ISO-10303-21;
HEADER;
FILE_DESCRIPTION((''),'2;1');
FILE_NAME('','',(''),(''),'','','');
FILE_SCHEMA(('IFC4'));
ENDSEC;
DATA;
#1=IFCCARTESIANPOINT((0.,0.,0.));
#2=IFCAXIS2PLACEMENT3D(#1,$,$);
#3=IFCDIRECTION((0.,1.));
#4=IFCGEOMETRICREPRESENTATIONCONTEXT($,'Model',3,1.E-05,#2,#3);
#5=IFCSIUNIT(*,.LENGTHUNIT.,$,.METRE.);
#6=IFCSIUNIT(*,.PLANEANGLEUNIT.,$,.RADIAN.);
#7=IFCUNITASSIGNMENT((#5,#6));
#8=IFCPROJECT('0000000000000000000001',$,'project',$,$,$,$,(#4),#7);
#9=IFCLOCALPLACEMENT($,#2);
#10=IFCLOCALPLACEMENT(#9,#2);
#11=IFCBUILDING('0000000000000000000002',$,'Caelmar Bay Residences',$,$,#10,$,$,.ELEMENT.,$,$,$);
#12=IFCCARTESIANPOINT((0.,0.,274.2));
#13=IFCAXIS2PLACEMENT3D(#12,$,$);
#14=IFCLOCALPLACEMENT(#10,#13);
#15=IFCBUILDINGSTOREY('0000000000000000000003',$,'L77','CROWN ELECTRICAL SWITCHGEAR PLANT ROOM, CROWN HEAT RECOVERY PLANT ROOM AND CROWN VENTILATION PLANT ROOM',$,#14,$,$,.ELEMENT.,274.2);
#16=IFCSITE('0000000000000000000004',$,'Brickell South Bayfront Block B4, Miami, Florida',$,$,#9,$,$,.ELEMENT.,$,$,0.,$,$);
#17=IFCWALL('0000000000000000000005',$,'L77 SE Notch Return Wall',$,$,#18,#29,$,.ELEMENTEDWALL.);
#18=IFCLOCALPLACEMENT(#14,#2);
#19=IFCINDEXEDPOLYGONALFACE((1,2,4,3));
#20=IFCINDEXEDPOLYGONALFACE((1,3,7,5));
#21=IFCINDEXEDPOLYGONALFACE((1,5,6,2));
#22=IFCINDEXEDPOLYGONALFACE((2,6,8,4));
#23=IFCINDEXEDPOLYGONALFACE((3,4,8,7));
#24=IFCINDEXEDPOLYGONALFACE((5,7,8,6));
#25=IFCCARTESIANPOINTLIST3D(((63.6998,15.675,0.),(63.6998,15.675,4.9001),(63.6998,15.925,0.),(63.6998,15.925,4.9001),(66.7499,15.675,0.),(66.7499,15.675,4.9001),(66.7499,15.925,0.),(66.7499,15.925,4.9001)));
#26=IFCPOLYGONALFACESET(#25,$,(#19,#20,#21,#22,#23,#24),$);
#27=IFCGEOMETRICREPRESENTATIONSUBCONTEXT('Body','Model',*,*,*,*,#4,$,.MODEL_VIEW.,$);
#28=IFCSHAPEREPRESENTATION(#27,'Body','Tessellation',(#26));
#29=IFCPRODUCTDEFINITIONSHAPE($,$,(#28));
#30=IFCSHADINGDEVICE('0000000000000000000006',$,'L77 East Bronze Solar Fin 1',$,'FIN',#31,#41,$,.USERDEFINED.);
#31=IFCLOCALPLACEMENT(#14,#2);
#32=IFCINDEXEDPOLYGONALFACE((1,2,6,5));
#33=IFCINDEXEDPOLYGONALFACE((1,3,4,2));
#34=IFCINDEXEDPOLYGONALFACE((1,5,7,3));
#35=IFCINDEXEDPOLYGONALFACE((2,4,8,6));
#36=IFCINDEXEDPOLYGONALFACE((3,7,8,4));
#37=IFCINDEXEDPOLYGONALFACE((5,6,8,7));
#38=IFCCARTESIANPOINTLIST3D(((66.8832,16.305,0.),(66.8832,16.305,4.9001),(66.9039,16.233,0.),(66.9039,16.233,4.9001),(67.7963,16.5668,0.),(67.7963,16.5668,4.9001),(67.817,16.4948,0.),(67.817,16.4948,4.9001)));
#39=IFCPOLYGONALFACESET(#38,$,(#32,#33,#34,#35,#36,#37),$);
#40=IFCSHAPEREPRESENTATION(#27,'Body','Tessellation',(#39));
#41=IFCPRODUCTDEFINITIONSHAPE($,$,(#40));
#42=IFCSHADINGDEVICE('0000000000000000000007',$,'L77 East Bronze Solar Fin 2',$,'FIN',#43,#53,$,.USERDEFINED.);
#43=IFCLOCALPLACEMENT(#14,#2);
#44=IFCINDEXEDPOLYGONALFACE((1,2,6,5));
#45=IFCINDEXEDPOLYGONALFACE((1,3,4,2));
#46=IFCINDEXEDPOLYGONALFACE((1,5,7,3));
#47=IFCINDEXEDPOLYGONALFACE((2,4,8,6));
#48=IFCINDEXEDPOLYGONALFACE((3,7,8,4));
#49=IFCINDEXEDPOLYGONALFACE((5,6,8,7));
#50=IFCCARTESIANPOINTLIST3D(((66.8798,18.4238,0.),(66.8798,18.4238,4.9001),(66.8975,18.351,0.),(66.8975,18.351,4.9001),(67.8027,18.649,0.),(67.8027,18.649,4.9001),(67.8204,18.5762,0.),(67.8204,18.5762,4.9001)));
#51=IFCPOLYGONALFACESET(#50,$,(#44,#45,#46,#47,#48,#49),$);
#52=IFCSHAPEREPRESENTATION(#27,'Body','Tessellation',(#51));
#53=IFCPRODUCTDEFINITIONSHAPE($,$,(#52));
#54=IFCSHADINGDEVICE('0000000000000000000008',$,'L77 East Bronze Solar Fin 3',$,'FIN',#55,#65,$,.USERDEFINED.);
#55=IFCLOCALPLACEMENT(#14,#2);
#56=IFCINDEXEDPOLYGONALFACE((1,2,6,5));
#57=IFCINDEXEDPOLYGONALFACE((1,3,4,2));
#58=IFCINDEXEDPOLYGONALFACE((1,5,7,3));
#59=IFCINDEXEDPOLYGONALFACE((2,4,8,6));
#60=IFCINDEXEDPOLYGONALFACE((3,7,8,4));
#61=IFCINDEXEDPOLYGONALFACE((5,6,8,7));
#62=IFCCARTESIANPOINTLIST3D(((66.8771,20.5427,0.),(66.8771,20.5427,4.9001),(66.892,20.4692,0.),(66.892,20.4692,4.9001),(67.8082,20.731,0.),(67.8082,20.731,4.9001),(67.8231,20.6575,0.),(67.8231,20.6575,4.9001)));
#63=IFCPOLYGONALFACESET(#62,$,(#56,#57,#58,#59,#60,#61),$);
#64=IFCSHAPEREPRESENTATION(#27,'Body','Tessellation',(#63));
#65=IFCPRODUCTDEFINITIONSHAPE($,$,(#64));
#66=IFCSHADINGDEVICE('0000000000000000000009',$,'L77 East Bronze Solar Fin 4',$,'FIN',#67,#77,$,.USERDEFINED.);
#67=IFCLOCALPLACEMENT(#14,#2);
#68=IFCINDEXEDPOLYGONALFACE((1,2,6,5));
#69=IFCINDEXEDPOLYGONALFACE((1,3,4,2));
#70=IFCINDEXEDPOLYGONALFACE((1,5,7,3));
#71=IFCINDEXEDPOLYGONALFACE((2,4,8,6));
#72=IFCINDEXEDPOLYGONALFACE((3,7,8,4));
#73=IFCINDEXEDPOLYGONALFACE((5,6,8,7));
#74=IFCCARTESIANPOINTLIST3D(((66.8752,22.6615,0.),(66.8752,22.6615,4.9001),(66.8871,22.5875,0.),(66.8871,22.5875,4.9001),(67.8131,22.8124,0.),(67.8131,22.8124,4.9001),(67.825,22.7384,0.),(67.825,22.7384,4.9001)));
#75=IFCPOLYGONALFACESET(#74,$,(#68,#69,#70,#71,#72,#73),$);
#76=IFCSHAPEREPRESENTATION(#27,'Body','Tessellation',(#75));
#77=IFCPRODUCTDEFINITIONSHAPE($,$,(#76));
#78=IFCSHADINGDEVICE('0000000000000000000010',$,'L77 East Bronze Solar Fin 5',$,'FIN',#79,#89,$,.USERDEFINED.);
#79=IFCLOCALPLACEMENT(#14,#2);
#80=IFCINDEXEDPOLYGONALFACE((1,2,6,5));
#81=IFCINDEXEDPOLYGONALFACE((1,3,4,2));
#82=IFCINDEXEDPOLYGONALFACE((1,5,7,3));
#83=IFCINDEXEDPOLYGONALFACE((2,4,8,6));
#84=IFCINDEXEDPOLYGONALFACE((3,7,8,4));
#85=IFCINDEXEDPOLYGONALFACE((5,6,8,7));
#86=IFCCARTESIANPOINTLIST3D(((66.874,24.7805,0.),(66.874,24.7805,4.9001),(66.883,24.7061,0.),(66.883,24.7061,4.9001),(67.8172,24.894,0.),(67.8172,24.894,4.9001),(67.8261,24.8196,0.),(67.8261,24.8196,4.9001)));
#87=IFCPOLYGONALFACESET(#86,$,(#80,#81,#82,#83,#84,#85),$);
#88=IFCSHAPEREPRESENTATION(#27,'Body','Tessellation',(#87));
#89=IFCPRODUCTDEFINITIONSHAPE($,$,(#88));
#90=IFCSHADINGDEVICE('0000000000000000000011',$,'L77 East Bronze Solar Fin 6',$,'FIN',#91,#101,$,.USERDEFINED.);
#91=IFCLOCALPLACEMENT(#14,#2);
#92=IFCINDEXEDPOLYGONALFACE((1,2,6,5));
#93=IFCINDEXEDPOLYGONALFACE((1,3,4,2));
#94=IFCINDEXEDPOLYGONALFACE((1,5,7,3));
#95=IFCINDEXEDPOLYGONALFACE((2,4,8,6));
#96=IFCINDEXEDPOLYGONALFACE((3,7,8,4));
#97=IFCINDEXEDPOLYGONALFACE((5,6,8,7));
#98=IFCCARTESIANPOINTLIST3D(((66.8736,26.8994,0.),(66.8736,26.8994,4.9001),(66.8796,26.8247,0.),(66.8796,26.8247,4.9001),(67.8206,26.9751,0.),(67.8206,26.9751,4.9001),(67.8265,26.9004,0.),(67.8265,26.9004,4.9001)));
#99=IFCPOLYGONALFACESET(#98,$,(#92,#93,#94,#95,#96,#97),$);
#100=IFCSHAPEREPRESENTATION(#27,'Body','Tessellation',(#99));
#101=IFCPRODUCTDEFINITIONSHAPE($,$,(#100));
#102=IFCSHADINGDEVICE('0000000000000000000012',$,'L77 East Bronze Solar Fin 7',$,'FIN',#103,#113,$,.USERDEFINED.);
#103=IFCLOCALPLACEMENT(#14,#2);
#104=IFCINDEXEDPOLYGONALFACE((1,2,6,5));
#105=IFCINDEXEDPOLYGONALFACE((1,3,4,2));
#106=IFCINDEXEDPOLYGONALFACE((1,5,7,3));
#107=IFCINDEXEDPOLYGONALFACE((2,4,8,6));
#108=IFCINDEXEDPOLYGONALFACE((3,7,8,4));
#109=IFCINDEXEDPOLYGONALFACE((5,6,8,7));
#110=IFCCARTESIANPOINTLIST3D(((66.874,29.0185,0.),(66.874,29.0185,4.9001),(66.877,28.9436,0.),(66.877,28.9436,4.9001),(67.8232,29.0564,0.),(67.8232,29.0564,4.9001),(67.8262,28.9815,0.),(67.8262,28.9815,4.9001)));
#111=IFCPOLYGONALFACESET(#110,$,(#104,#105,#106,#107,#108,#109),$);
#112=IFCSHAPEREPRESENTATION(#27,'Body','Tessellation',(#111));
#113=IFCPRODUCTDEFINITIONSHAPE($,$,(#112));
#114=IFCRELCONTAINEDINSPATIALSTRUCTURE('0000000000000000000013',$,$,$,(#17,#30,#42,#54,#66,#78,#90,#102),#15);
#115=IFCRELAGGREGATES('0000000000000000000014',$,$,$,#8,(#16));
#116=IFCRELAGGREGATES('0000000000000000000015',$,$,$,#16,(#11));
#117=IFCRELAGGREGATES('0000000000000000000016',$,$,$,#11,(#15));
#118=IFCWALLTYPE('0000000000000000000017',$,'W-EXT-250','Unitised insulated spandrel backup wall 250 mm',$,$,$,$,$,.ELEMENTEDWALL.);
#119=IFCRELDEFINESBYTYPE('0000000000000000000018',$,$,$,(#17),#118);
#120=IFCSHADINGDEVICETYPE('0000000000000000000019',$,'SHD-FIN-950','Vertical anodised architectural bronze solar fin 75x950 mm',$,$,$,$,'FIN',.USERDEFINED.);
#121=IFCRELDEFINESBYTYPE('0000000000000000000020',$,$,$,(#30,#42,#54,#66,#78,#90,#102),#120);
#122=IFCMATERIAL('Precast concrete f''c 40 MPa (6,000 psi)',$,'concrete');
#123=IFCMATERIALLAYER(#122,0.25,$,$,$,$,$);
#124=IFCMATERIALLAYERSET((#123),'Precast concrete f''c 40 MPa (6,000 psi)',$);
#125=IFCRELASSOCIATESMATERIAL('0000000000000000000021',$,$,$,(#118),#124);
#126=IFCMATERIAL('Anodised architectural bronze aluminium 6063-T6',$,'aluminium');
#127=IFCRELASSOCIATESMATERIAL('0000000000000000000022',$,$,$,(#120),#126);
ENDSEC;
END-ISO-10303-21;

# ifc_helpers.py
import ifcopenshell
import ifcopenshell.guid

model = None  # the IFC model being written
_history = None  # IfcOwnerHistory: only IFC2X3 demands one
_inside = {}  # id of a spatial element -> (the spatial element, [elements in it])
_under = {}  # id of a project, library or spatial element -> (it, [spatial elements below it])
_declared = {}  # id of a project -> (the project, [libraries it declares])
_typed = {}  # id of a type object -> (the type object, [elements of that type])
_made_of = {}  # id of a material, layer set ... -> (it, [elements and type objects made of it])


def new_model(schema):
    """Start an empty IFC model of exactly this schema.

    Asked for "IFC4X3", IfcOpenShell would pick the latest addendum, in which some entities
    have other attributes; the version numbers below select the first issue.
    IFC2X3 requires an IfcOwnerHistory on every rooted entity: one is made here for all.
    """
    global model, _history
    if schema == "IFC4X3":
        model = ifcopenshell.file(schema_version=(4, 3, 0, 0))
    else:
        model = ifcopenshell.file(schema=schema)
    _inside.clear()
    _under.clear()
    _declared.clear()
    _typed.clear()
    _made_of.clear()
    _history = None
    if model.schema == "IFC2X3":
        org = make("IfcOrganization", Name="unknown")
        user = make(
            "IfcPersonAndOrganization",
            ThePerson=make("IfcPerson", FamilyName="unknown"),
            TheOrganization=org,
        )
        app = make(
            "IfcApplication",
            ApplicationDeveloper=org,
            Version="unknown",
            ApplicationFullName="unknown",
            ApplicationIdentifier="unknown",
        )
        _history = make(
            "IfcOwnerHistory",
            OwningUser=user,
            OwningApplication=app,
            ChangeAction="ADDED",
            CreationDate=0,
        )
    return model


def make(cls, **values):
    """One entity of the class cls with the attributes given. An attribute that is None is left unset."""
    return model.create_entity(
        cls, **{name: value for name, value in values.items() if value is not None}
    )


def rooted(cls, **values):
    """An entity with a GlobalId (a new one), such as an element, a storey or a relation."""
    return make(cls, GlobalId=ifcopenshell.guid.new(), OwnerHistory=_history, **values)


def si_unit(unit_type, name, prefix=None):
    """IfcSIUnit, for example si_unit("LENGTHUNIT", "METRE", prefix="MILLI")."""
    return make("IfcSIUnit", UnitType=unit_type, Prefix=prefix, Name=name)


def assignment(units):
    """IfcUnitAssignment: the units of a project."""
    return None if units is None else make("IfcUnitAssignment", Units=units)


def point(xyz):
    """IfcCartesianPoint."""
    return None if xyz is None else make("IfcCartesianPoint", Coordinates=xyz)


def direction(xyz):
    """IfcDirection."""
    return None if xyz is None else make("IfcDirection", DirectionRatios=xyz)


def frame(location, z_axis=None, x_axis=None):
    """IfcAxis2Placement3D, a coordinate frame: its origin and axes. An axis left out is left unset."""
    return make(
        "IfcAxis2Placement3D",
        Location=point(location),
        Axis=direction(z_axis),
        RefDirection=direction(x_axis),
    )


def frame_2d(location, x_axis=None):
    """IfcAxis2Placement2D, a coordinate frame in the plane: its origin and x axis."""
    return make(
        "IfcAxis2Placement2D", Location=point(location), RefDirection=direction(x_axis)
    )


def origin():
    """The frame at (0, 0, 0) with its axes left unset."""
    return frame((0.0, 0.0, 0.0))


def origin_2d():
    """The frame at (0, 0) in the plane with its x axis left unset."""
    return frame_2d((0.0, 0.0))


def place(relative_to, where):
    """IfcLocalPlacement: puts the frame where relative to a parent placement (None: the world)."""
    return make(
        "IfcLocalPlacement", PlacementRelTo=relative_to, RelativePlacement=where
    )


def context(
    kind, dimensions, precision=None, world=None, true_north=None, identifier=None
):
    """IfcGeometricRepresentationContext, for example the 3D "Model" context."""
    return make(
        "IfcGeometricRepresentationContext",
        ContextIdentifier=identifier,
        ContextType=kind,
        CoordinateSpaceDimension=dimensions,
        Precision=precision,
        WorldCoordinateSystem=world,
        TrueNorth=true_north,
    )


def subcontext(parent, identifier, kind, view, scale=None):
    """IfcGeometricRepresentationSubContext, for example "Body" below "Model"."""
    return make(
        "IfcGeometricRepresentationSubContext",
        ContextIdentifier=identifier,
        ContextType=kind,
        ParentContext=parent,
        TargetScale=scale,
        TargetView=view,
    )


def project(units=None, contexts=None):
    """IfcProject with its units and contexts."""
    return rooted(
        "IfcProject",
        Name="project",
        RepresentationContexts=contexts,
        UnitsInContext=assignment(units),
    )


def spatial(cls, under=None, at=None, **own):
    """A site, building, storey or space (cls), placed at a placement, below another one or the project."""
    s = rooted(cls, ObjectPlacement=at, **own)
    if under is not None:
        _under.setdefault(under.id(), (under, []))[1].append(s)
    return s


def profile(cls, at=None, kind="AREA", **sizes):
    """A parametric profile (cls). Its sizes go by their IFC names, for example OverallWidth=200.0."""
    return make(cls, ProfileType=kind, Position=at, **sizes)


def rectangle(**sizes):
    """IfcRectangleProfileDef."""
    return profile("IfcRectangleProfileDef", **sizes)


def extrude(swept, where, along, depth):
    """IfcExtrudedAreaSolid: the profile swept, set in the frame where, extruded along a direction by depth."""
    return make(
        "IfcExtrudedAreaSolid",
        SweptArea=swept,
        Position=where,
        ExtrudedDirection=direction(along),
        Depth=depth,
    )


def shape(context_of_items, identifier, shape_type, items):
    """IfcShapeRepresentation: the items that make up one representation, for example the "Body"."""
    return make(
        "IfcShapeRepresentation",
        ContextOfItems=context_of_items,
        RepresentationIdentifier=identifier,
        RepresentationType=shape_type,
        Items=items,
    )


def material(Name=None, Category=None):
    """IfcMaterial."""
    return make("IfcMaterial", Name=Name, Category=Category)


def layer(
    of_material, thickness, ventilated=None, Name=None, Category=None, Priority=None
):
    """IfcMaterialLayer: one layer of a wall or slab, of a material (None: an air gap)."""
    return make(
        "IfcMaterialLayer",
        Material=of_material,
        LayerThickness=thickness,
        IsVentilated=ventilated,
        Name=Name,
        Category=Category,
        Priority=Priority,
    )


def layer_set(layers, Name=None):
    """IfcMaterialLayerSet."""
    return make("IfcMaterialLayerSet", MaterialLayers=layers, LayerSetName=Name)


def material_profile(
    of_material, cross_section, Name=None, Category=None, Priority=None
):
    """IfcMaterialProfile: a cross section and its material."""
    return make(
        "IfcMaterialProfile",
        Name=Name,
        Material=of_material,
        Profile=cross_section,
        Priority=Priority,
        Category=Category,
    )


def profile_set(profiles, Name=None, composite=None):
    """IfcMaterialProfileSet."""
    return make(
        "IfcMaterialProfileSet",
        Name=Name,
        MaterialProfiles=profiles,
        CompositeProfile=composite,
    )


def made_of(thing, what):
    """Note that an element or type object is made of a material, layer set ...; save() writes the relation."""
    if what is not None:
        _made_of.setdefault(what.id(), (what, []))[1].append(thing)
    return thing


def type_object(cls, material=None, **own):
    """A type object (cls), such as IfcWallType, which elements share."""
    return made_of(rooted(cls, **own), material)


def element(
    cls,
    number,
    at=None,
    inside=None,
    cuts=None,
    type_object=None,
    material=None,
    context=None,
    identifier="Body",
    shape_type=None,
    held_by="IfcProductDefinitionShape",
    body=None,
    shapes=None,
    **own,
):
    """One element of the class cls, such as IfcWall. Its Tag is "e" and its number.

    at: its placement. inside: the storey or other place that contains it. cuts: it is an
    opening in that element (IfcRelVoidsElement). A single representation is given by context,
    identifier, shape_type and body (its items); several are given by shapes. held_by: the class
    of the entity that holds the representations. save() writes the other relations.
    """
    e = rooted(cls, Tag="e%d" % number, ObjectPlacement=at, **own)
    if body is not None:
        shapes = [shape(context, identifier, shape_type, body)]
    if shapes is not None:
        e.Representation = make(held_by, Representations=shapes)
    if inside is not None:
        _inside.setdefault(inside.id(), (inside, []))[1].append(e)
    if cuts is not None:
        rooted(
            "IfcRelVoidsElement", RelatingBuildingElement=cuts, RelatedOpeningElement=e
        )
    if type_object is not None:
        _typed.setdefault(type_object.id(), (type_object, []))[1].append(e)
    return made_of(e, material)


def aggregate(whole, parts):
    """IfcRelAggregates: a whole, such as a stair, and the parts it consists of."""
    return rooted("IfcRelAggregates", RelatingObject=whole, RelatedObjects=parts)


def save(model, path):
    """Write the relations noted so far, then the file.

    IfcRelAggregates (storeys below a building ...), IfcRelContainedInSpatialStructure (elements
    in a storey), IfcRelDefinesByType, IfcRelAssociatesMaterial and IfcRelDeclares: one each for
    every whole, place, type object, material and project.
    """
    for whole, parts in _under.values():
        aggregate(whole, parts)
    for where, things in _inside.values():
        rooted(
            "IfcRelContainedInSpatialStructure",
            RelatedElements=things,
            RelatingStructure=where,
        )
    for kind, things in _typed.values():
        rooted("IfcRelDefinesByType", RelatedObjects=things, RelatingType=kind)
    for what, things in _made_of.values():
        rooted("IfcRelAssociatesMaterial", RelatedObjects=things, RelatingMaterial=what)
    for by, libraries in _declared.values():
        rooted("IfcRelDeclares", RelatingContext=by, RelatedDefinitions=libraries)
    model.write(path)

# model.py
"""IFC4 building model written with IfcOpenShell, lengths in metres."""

from ifc_helpers import new_model, si_unit, direction, frame, frame_2d, origin, origin_2d, place, context, subcontext, project, spatial, rectangle, extrude, material, layer, layer_set, material_profile, profile_set, type_object, element, save


model = new_model("IFC4")

# Units and contexts
model_context = context("Model", 3, precision=1e-05, world=origin(), true_north=direction((0.0, 1.0)))
body_context = subcontext(model_context, "Body", "Model", "MODEL_VIEW")
ifc_project = project(units=[si_unit("LENGTHUNIT", "METRE"), si_unit("PLANEANGLEUNIT", "RADIAN")], contexts=[model_context])

# Site, building, storey
site_placement = place(None, origin())
site = spatial("IfcSite", under=ifc_project, at=site_placement, Name="Brickell South Bayfront Block B4, Miami, Florida", CompositionType="ELEMENT", RefElevation=0.0)
building_placement = place(site_placement, origin())
building = spatial("IfcBuilding", under=site, at=building_placement, Name="Caelmar Bay Residences", CompositionType="ELEMENT")
storey_placement = place(building_placement, frame((0.0, 0.0, 274.2)))
storey = spatial("IfcBuildingStorey", under=building, at=storey_placement, Name="L77", Description="CROWN ELECTRICAL SWITCHGEAR PLANT ROOM, CROWN HEAT RECOVERY PLANT ROOM AND CROWN VENTILATION PLANT ROOM", CompositionType="ELEMENT", Elevation=274.2)

# Wall
ifc_material_1 = material(Name="Precast concrete f'c 40 MPa (6,000 psi)", Category="concrete")
ifc_layer_1 = layer(ifc_material_1, 0.25)
ifc_layer_set_1 = layer_set([ifc_layer_1], Name="Precast concrete f'c 40 MPa (6,000 psi)")
wall_type_1 = type_object("IfcWallType", Name="W-EXT-250", Description="Unitised insulated spandrel backup wall 250 mm", PredefinedType="ELEMENTEDWALL", material=ifc_layer_set_1)
wall_1_placement = place(storey_placement, frame((63.7, 15.8, 0.0), z_axis=(0.0, 0.0, 1.0), x_axis=(1.0, 0.0, 0.0)))
element("IfcWall", 1, at=wall_1_placement, inside=storey, type_object=wall_type_1, Name="L77 SE Notch Return Wall", PredefinedType="ELEMENTEDWALL", context=body_context, shape_type="SweptSolid", body=[
    extrude(rectangle(XDim=3.05, YDim=0.25, at=frame_2d((1.5249, 0.0))), origin(), (0.0, 0.0, 1.0), 4.9001),
])

# Shading devices
ifc_material_2 = material(Name="Anodised architectural bronze aluminium 6063-T6", Category="aluminium")
ifc_material_profile_1 = material_profile(ifc_material_2, rectangle(XDim=0.075, YDim=0.95, at=origin_2d()), Name="BRONZE-FIN-75X950")
ifc_profile_set_1 = profile_set([ifc_material_profile_1], Name="Anodised architectural bronze aluminium 6063-T6")
shading_device_type = type_object("IfcShadingDeviceType", Name="SHD-FIN-950", Description="Vertical anodised architectural bronze solar fin 75x950 mm", ElementType="FIN", PredefinedType="USERDEFINED", material=ifc_profile_set_1)
for number, where, z_axis, x_axis, name in (
    (2, (67.3501, 16.3999, 0.0), (0.0, 0.0, 1.0), (-0.275637, 0.961262, 0.0), "L77 East Bronze Solar Fin 1"),
    (3, (67.3501, 18.5, 0.0), (0.0, 0.0, 1.0), (-0.237008, 0.971508, 0.0), "L77 East Bronze Solar Fin 2"),
    (4, (67.3501, 20.6001, 0.0), (0.0, 0.0, 1.0), (-0.198171, 0.980168, 0.0), "L77 East Bronze Solar Fin 3"),
    (5, (67.3501, 22.7, 0.0), (0.0, 0.0, 1.0), (-0.158847, 0.987303, 0.0), "L77 East Bronze Solar Fin 4"),
    (6, (67.3501, 24.8, 0.0), (0.0, 0.0, 1.0), (-0.119444, 0.992841, 0.0), "L77 East Bronze Solar Fin 5"),
    (7, (67.3501, 26.8999, 0.0), (0.0, 0.0, 1.0), (-0.079677, 0.996821, 0.0), "L77 East Bronze Solar Fin 6"),
    (8, (67.3501, 29.0, 0.0), (0.0, 0.0, 1.0), (-0.039957, 0.999201, 0.0), "L77 East Bronze Solar Fin 7"),
):
    element("IfcShadingDevice", number, at=place(storey_placement, frame(where, z_axis=z_axis, x_axis=x_axis)), inside=storey, type_object=shading_device_type, Name=name, ObjectType="FIN", PredefinedType="USERDEFINED", context=body_context, shape_type="SweptSolid", body=[
        extrude(rectangle(XDim=0.075, YDim=0.95, at=origin_2d()), origin(), (0.0, 0.0, 1.0), 4.9001),
    ])

save(model, "model.ifc")
